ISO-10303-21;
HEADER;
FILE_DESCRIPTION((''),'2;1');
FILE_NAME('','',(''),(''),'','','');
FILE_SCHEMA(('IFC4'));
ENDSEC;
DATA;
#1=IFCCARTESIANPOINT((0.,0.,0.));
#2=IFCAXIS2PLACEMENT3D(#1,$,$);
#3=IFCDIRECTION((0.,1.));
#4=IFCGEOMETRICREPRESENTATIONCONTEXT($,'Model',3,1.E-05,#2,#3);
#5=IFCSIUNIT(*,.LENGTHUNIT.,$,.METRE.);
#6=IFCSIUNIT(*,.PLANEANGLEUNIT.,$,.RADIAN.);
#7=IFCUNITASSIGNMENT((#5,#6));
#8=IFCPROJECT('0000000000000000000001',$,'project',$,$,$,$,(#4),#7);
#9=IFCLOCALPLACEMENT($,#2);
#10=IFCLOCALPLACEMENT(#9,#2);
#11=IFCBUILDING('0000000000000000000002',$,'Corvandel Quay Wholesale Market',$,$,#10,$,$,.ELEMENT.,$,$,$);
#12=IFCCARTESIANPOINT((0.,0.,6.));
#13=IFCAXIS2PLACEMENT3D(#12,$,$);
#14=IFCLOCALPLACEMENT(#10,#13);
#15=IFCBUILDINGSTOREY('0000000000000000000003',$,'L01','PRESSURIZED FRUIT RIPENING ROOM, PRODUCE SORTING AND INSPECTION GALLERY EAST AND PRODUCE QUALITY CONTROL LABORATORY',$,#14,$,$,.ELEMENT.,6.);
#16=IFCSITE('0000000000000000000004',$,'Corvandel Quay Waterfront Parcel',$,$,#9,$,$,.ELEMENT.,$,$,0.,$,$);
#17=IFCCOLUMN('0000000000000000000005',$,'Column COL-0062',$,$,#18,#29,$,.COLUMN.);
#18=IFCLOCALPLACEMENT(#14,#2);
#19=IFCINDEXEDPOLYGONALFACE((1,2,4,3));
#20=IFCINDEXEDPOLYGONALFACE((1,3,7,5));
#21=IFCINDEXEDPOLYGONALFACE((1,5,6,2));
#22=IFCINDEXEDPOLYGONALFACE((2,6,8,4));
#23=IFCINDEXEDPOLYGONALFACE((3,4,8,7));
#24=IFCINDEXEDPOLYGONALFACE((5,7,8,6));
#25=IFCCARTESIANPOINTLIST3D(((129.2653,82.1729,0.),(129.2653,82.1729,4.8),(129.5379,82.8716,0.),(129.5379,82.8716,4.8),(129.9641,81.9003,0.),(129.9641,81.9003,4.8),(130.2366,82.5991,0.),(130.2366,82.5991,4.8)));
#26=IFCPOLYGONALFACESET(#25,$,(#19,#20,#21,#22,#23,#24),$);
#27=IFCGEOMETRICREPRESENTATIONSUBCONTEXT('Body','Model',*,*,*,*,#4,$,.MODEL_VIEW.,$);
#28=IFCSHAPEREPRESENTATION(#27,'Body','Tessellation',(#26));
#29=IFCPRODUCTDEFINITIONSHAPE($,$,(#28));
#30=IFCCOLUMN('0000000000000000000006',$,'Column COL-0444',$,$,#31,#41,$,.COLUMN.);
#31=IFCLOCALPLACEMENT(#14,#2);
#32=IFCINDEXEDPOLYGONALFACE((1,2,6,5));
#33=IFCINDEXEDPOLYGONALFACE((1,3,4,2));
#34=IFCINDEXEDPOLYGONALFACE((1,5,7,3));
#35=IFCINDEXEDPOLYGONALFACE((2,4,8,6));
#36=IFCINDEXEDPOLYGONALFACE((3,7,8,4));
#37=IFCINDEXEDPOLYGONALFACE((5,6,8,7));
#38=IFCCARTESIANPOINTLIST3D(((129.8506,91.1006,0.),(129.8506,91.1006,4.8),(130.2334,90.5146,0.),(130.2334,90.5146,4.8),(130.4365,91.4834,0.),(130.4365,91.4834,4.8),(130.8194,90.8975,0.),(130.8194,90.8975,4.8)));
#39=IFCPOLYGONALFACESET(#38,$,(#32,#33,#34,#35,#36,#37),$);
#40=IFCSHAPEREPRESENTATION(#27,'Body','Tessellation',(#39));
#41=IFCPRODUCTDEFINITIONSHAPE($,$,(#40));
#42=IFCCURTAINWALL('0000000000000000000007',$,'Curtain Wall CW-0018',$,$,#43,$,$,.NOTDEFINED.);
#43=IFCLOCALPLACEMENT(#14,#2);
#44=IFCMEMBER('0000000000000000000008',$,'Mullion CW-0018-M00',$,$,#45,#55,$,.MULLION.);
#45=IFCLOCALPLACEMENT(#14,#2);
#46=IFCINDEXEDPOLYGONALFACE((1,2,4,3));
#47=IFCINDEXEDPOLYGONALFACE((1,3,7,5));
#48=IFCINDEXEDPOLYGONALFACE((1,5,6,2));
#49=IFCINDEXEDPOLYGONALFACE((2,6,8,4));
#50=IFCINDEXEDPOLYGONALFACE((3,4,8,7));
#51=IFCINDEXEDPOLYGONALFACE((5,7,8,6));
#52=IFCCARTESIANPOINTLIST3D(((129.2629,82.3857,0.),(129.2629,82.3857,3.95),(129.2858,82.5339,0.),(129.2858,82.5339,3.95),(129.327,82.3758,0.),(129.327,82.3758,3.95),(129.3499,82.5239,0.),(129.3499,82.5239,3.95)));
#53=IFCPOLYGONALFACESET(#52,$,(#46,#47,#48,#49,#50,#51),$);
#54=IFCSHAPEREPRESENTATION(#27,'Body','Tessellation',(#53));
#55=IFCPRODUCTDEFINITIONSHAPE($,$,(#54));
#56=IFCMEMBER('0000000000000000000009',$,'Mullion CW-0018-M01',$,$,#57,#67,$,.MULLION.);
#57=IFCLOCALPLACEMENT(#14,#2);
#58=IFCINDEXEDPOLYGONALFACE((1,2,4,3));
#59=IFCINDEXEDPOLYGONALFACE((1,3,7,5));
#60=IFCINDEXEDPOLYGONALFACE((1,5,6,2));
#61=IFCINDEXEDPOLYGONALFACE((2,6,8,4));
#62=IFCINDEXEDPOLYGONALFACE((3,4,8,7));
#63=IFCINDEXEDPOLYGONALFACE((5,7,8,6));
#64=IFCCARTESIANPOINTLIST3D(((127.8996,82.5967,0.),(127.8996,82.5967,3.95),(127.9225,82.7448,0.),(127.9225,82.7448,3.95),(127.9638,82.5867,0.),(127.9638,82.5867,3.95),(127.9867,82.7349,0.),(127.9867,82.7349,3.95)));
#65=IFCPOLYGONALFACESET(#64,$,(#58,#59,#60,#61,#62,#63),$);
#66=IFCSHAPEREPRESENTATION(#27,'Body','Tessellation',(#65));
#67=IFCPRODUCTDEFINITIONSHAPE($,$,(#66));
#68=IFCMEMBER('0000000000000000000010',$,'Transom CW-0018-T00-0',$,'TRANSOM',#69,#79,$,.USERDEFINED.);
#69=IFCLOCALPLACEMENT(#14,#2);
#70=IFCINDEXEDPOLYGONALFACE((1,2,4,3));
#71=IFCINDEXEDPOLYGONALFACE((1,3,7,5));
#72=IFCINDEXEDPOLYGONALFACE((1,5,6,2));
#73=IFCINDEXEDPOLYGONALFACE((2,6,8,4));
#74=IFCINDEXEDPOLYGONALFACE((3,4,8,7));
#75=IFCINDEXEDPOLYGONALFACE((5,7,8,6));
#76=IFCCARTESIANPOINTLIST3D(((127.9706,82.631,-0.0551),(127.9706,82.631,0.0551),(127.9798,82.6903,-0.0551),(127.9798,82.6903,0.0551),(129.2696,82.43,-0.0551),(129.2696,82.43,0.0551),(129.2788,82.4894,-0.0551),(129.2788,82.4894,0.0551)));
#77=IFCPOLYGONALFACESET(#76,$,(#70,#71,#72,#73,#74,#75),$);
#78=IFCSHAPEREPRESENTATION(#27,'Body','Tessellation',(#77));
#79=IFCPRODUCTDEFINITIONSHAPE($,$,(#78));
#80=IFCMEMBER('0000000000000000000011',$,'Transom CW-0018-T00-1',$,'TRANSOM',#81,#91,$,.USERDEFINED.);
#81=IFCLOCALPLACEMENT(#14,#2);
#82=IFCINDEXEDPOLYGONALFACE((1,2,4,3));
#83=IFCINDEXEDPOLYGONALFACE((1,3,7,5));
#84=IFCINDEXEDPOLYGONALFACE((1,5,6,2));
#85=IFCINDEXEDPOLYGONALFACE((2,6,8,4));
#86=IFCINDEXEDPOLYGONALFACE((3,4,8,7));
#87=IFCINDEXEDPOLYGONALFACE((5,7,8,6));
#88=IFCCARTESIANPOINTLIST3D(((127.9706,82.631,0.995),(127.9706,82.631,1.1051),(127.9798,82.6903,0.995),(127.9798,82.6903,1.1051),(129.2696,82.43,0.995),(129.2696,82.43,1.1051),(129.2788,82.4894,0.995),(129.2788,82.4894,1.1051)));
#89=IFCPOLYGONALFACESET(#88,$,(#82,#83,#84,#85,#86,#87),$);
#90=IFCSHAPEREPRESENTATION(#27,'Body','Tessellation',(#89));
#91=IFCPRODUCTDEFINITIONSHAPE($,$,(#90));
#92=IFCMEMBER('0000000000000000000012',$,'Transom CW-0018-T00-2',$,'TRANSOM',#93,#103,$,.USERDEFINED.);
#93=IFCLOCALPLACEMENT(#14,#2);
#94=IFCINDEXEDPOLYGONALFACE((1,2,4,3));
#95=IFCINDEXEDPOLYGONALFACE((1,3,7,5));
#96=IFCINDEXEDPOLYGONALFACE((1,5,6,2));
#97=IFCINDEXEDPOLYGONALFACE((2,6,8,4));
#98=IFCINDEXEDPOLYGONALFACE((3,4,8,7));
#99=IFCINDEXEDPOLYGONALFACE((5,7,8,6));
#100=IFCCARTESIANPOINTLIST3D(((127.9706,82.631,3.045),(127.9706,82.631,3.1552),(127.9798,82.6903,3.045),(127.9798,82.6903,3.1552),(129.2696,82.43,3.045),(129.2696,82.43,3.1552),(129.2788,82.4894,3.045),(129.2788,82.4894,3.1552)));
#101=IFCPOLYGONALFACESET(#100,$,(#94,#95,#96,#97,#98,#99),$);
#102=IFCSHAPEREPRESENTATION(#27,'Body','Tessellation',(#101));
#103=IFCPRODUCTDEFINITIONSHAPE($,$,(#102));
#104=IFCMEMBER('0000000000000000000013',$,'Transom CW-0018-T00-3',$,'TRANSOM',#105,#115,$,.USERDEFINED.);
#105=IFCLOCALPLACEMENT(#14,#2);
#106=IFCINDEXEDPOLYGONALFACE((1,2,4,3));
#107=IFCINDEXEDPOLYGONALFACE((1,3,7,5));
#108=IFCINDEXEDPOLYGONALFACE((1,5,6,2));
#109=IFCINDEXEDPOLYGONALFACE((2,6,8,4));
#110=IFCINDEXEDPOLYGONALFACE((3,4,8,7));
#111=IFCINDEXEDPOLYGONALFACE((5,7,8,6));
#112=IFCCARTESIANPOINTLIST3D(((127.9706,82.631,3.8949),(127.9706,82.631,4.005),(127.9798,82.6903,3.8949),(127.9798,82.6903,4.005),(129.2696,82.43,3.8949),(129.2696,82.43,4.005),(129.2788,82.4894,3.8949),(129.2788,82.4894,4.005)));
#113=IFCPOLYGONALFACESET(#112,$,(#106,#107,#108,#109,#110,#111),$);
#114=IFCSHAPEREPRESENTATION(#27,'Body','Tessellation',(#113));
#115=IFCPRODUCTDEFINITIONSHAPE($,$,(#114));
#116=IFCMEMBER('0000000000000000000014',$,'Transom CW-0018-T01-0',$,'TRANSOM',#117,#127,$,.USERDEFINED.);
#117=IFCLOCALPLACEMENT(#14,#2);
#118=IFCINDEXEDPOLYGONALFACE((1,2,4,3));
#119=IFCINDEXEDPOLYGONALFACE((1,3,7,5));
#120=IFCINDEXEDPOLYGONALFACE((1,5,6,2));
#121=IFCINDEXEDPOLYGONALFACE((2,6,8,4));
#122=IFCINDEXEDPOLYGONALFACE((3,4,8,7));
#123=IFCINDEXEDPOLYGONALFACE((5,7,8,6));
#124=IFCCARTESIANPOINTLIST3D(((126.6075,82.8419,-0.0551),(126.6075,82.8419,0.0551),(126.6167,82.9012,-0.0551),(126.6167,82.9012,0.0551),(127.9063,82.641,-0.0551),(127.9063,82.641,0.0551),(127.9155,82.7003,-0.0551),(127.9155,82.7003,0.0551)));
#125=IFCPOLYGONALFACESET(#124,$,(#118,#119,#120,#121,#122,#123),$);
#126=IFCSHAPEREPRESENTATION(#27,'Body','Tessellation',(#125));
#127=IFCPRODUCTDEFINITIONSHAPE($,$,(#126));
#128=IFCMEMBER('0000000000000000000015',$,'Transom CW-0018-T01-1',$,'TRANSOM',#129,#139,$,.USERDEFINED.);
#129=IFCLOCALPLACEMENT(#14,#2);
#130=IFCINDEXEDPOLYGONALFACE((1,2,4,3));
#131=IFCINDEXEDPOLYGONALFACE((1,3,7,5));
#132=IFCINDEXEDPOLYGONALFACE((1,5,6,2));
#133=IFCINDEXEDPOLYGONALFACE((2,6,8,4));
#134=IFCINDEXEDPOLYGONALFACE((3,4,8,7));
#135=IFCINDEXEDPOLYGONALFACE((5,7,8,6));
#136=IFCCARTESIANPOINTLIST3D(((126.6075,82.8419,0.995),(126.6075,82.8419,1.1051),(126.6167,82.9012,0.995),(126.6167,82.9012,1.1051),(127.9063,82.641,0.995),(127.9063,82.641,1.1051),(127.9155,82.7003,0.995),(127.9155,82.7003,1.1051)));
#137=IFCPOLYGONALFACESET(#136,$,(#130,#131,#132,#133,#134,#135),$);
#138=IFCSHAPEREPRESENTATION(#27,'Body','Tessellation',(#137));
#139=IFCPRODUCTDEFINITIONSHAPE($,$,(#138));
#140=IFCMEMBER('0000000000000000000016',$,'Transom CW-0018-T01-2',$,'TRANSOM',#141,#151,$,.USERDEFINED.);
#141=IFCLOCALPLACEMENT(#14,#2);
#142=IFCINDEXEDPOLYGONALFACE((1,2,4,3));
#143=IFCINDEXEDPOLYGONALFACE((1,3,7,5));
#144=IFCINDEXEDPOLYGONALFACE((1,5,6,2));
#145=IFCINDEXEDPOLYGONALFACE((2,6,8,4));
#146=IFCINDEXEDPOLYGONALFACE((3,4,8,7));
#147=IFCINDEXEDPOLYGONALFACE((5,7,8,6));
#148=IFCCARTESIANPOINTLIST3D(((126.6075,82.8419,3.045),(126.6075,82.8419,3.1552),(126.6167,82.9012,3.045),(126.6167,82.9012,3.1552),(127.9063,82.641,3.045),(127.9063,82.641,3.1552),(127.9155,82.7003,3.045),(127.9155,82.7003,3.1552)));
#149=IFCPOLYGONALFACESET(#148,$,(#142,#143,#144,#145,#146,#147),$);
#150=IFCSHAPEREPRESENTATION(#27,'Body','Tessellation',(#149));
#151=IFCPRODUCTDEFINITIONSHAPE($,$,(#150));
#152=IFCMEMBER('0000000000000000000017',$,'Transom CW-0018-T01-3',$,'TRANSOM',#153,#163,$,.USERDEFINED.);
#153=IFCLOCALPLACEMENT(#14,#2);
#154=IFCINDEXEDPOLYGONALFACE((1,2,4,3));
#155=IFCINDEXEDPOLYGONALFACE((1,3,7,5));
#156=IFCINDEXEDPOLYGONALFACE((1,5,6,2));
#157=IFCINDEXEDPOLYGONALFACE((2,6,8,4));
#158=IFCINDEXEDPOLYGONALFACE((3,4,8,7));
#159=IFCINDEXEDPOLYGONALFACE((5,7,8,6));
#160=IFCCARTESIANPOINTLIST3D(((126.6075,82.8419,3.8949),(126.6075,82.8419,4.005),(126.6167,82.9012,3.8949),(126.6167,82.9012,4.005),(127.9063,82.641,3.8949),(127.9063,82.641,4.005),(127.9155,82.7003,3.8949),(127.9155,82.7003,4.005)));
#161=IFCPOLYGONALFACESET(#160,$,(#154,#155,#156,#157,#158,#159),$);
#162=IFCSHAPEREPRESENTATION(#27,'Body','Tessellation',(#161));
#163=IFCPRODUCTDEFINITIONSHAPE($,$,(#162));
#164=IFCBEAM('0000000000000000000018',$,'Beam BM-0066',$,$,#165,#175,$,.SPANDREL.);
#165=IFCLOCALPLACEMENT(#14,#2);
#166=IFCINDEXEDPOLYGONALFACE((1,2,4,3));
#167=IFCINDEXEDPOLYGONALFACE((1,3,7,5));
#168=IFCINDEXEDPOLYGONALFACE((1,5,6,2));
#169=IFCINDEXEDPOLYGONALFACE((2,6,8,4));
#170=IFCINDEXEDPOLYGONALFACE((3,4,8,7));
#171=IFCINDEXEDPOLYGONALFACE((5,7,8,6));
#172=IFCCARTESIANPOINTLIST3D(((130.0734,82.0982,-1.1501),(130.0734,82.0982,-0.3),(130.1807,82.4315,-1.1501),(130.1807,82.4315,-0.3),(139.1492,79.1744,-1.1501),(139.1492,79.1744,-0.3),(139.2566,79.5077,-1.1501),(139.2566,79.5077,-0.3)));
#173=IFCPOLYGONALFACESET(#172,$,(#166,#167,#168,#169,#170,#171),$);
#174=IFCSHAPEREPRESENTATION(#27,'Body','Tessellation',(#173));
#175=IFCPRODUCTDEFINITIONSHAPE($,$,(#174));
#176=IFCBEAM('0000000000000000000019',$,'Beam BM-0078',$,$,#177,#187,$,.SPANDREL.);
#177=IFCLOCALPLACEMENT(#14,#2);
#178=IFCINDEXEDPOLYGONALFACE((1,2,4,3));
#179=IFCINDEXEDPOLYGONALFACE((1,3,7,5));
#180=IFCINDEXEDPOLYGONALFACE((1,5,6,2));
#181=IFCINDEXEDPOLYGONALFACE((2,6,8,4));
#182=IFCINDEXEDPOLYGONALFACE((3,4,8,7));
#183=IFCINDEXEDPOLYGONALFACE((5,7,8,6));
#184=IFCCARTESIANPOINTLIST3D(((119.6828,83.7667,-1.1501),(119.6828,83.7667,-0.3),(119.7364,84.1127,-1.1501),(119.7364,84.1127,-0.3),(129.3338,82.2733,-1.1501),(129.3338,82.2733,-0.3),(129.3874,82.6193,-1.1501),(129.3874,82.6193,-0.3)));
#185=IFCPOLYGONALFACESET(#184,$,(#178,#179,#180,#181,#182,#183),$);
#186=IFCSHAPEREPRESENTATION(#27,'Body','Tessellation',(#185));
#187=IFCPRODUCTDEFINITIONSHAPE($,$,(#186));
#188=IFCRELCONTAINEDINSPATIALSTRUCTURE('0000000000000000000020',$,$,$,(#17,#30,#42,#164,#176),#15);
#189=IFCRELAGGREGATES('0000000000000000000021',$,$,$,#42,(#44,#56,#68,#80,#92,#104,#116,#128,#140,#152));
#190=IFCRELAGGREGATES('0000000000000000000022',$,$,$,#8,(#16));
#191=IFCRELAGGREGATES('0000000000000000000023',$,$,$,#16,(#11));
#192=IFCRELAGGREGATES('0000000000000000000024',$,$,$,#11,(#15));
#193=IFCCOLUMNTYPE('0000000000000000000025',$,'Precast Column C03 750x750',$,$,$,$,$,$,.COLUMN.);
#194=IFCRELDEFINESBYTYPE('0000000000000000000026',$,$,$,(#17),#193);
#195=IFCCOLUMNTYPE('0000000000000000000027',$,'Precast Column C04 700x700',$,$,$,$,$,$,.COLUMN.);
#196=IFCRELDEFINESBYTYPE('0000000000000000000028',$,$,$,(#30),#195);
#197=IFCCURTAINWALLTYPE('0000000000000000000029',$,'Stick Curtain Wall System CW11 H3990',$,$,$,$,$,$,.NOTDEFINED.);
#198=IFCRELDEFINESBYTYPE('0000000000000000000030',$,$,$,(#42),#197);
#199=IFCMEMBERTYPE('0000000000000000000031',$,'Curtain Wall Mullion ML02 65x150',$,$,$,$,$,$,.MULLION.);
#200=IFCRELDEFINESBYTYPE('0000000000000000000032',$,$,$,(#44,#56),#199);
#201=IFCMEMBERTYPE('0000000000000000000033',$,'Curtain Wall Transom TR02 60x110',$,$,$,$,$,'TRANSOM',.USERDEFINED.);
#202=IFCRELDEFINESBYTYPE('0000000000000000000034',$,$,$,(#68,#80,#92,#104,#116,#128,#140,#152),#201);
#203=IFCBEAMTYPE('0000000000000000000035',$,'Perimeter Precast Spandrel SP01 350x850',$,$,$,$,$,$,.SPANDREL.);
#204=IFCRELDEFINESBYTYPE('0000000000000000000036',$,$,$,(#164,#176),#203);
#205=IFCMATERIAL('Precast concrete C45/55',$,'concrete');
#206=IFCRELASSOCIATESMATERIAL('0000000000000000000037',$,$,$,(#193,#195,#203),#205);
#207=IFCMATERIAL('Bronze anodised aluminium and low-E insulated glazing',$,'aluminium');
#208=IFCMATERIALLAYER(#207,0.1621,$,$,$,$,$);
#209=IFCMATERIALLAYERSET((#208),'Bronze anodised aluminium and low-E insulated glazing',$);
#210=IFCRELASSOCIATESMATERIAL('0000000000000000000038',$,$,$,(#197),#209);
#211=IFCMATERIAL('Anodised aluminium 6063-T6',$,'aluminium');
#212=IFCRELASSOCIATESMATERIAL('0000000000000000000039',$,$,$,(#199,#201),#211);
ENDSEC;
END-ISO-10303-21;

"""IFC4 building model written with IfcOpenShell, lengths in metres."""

from ifc_helpers import new_model, si_unit, direction, frame, origin, origin_2d, place, context, subcontext, project, spatial, rectangle, extrude, material, layer, layer_set, material_profile, profile_set, type_object, element, aggregate, save


model = new_model("IFC4")

# Units and contexts
model_context = context("Model", 3, precision=1e-05, world=origin(), true_north=direction((0.0, 1.0)))
body_context = subcontext(model_context, "Body", "Model", "MODEL_VIEW")
ifc_project = project(units=[si_unit("LENGTHUNIT", "METRE"), si_unit("PLANEANGLEUNIT", "RADIAN")], contexts=[model_context])

# Site, building, storey
site_placement = place(None, origin())
site = spatial("IfcSite", under=ifc_project, at=site_placement, Name="Corvandel Quay Waterfront Parcel", CompositionType="ELEMENT", RefElevation=0.0)
building_placement = place(site_placement, origin())
building = spatial("IfcBuilding", under=site, at=building_placement, Name="Corvandel Quay Wholesale Market", CompositionType="ELEMENT")
storey_placement = place(building_placement, frame((0.0, 0.0, 6.0)))
storey = spatial("IfcBuildingStorey", under=building, at=storey_placement, Name="L01", Description="PRESSURIZED FRUIT RIPENING ROOM, PRODUCE SORTING AND INSPECTION GALLERY EAST AND PRODUCE QUALITY CONTROL LABORATORY", CompositionType="ELEMENT", Elevation=6.0)

# Columns
ifc_material_1 = material(Name="Precast concrete C45/55", Category="concrete")
ifc_material_profile_1 = material_profile(ifc_material_1, rectangle(XDim=0.75, YDim=0.75, at=origin_2d()), Name="PC-COL-750x750")
ifc_profile_set_1 = profile_set([ifc_material_profile_1], Name="Precast concrete C45/55")
column_type_1 = type_object("IfcColumnType", Name="Precast Column C03 750x750", PredefinedType="COLUMN", material=ifc_profile_set_1)
column_1_placement = place(storey_placement, frame((129.751, 82.386, 0.0), z_axis=(0.0, 0.0, 1.0), x_axis=(-0.931628, 0.363414, 0.0)))
element("IfcColumn", 1, at=column_1_placement, inside=storey, type_object=column_type_1, Name="Column COL-0062", PredefinedType="COLUMN", context=body_context, shape_type="SweptSolid", body=[
    extrude(rectangle(XDim=0.75, YDim=0.75, at=origin_2d()), origin(), (0.0, 0.0, 1.0), 4.8),
])
ifc_material_profile_2 = material_profile(ifc_material_1, rectangle(XDim=0.7, YDim=0.7, at=origin_2d()), Name="PC-COL-700x700")
ifc_profile_set_2 = profile_set([ifc_material_profile_2], Name="Precast concrete C45/55")
column_type_2 = type_object("IfcColumnType", Name="Precast Column C04 700x700", PredefinedType="COLUMN", material=ifc_profile_set_2)
column_2_placement = place(storey_placement, frame((130.335, 90.999, 0.0), z_axis=(0.0, 0.0, 1.0), x_axis=(0.837146, 0.546979, 0.0)))
element("IfcColumn", 2, at=column_2_placement, inside=storey, type_object=column_type_2, Name="Column COL-0444", PredefinedType="COLUMN", context=body_context, shape_type="SweptSolid", body=[
    extrude(rectangle(XDim=0.7, YDim=0.7, at=origin_2d()), origin(), (0.0, 0.0, 1.0), 4.8),
])

# Curtain wall, members
ifc_material_2 = material(Name="Bronze anodised aluminium and low-E insulated glazing", Category="aluminium")
ifc_layer_1 = layer(ifc_material_2, 0.1621)
ifc_layer_set_1 = layer_set([ifc_layer_1], Name="Bronze anodised aluminium and low-E insulated glazing")
curtain_wall_type = type_object("IfcCurtainWallType", Name="Stick Curtain Wall System CW11 H3990", PredefinedType="NOTDEFINED", material=ifc_layer_set_1)
curtain_wall_placement = place(storey_placement, origin())
curtain_wall = element("IfcCurtainWall", 3, at=curtain_wall_placement, inside=storey, type_object=curtain_wall_type, Name="Curtain Wall CW-0018", PredefinedType="NOTDEFINED")
ifc_material_3 = material(Name="Anodised aluminium 6063-T6", Category="aluminium")
ifc_material_profile_3 = material_profile(ifc_material_3, rectangle(XDim=0.0649, YDim=0.1499, at=origin_2d()), Name="ALU-MUL-65x150")
ifc_profile_set_3 = profile_set([ifc_material_profile_3], Name="Anodised aluminium 6063-T6")
member_type_1 = type_object("IfcMemberType", Name="Curtain Wall Mullion ML02 65x150", PredefinedType="MULLION", material=ifc_profile_set_3)
member_1_placement = place(storey_placement, frame((129.3064, 82.4548, 0.0), z_axis=(0.0, 0.0, 1.0), x_axis=(-0.988255, 0.152813, 0.0)))
member_1 = element("IfcMember", 4, at=member_1_placement, type_object=member_type_1, Name="Mullion CW-0018-M00", PredefinedType="MULLION", context=body_context, shape_type="SweptSolid", body=[
    extrude(rectangle(XDim=0.0649, YDim=0.1499, at=origin_2d()), origin(), (0.0, 0.0, 1.0), 3.95),
])
member_2_placement = place(storey_placement, frame((127.9431, 82.6658, 0.0), z_axis=(0.0, 0.0, 1.0), x_axis=(-0.988255, 0.152813, 0.0)))
member_2 = element("IfcMember", 5, at=member_2_placement, type_object=member_type_1, Name="Mullion CW-0018-M01", PredefinedType="MULLION", context=body_context, shape_type="SweptSolid", body=[
    extrude(rectangle(XDim=0.0649, YDim=0.1499, at=origin_2d()), origin(), (0.0, 0.0, 1.0), 3.95),
])
ifc_material_profile_4 = material_profile(ifc_material_3, rectangle(XDim=0.0601, YDim=0.1101, at=origin_2d()), Name="ALU-TRN-60x110")
ifc_profile_set_4 = profile_set([ifc_material_profile_4], Name="Anodised aluminium 6063-T6")
member_type_2 = type_object("IfcMemberType", Name="Curtain Wall Transom TR02 60x110", ElementType="TRANSOM", PredefinedType="USERDEFINED", material=ifc_profile_set_4)
member_3_placement = place(storey_placement, frame((129.2742, 82.4597, 0.0), z_axis=(-0.988249, 0.152853, 0.0), x_axis=(-0.152853, -0.988249, 0.0)))
member_3 = element("IfcMember", 6, at=member_3_placement, type_object=member_type_2, Name="Transom CW-0018-T00-0", ObjectType="TRANSOM", PredefinedType="USERDEFINED", context=body_context, shape_type="SweptSolid", body=[
    extrude(rectangle(XDim=0.0601, YDim=0.1101, at=origin_2d()), origin(), (0.0, 0.0, 1.0), 1.3145),
])
member_4_placement = place(storey_placement, frame((129.2742, 82.4597, 1.05), z_axis=(-0.988249, 0.152853, 0.0), x_axis=(-0.152853, -0.988249, 0.0)))
member_4 = element("IfcMember", 7, at=member_4_placement, type_object=member_type_2, Name="Transom CW-0018-T00-1", ObjectType="TRANSOM", PredefinedType="USERDEFINED", context=body_context, shape_type="SweptSolid", body=[
    extrude(rectangle(XDim=0.0601, YDim=0.1101, at=origin_2d()), origin(), (0.0, 0.0, 1.0), 1.3145),
])
member_5_placement = place(storey_placement, frame((129.2742, 82.4597, 3.1001), z_axis=(-0.988249, 0.152853, 0.0), x_axis=(-0.152853, -0.988249, 0.0)))
member_5 = element("IfcMember", 8, at=member_5_placement, type_object=member_type_2, Name="Transom CW-0018-T00-2", ObjectType="TRANSOM", PredefinedType="USERDEFINED", context=body_context, shape_type="SweptSolid", body=[
    extrude(rectangle(XDim=0.0601, YDim=0.1101, at=origin_2d()), origin(), (0.0, 0.0, 1.0), 1.3145),
])
member_6_placement = place(storey_placement, frame((129.2742, 82.4597, 3.95), z_axis=(-0.988249, 0.152853, 0.0), x_axis=(-0.152853, -0.988249, 0.0)))
member_6 = element("IfcMember", 9, at=member_6_placement, type_object=member_type_2, Name="Transom CW-0018-T00-3", ObjectType="TRANSOM", PredefinedType="USERDEFINED", context=body_context, shape_type="SweptSolid", body=[
    extrude(rectangle(XDim=0.0601, YDim=0.1101, at=origin_2d()), origin(), (0.0, 0.0, 1.0), 1.3145),
])
member_7_placement = place(storey_placement, frame((127.9109, 82.6707, 0.0), z_axis=(-0.988245, 0.152881, 0.0), x_axis=(-0.152881, -0.988245, 0.0)))
member_7 = element("IfcMember", 10, at=member_7_placement, type_object=member_type_2, Name="Transom CW-0018-T01-0", ObjectType="TRANSOM", PredefinedType="USERDEFINED", context=body_context, shape_type="SweptSolid", body=[
    extrude(rectangle(XDim=0.0601, YDim=0.1101, at=origin_2d()), origin(), (0.0, 0.0, 1.0), 1.3142),
])
member_8_placement = place(storey_placement, frame((127.9109, 82.6707, 1.05), z_axis=(-0.988245, 0.152881, 0.0), x_axis=(-0.152881, -0.988245, 0.0)))
member_8 = element("IfcMember", 11, at=member_8_placement, type_object=member_type_2, Name="Transom CW-0018-T01-1", ObjectType="TRANSOM", PredefinedType="USERDEFINED", context=body_context, shape_type="SweptSolid", body=[
    extrude(rectangle(XDim=0.0601, YDim=0.1101, at=origin_2d()), origin(), (0.0, 0.0, 1.0), 1.3142),
])
member_9_placement = place(storey_placement, frame((127.9109, 82.6707, 3.1001), z_axis=(-0.988245, 0.152881, 0.0), x_axis=(-0.152881, -0.988245, 0.0)))
member_9 = element("IfcMember", 12, at=member_9_placement, type_object=member_type_2, Name="Transom CW-0018-T01-2", ObjectType="TRANSOM", PredefinedType="USERDEFINED", context=body_context, shape_type="SweptSolid", body=[
    extrude(rectangle(XDim=0.0601, YDim=0.1101, at=origin_2d()), origin(), (0.0, 0.0, 1.0), 1.3142),
])
member_10_placement = place(storey_placement, frame((127.9109, 82.6707, 3.95), z_axis=(-0.988245, 0.152881, 0.0), x_axis=(-0.152881, -0.988245, 0.0)))
member_10 = element("IfcMember", 13, at=member_10_placement, type_object=member_type_2, Name="Transom CW-0018-T01-3", ObjectType="TRANSOM", PredefinedType="USERDEFINED", context=body_context, shape_type="SweptSolid", body=[
    extrude(rectangle(XDim=0.0601, YDim=0.1101, at=origin_2d()), origin(), (0.0, 0.0, 1.0), 1.3142),
])

# Beams
ifc_material_profile_5 = material_profile(ifc_material_1, rectangle(XDim=0.3501, YDim=0.8501, at=origin_2d()), Name="PC-SPN-350x850")
ifc_profile_set_5 = profile_set([ifc_material_profile_5], Name="Precast concrete C45/55")
beam_type_1 = type_object("IfcBeamType", Name="Perimeter Precast Spandrel SP01 350x850", PredefinedType="SPANDREL", material=ifc_profile_set_5)
beam_1_placement = place(storey_placement, frame((139.2029, 79.3411, -0.7251), z_axis=(-0.951828, 0.306633, 0.0), x_axis=(-0.306633, -0.951828, 0.0)))
element("IfcBeam", 14, at=beam_1_placement, inside=storey, type_object=beam_type_1, Name="Beam BM-0066", PredefinedType="SPANDREL", context=body_context, shape_type="SweptSolid", body=[
    extrude(rectangle(XDim=0.3501, YDim=0.8501, at=origin_2d()), origin(), (0.0, 0.0, 1.0), 9.5352),
])
beam_2_placement = place(storey_placement, frame((129.3606, 82.4463, -0.7251), z_axis=(-0.988239, 0.152919, 0.0), x_axis=(-0.152919, -0.988239, 0.0)))
element("IfcBeam", 15, at=beam_2_placement, inside=storey, type_object=beam_type_1, Name="Beam BM-0078", PredefinedType="SPANDREL", context=body_context, shape_type="SweptSolid", body=[
    extrude(rectangle(XDim=0.3501, YDim=0.8501, at=origin_2d()), origin(), (0.0, 0.0, 1.0), 9.7659),
])

aggregate(curtain_wall, [member_1, member_2, member_3, member_4, member_5, member_6, member_7, member_8, member_9, member_10])

save(model, "model.ifc")
